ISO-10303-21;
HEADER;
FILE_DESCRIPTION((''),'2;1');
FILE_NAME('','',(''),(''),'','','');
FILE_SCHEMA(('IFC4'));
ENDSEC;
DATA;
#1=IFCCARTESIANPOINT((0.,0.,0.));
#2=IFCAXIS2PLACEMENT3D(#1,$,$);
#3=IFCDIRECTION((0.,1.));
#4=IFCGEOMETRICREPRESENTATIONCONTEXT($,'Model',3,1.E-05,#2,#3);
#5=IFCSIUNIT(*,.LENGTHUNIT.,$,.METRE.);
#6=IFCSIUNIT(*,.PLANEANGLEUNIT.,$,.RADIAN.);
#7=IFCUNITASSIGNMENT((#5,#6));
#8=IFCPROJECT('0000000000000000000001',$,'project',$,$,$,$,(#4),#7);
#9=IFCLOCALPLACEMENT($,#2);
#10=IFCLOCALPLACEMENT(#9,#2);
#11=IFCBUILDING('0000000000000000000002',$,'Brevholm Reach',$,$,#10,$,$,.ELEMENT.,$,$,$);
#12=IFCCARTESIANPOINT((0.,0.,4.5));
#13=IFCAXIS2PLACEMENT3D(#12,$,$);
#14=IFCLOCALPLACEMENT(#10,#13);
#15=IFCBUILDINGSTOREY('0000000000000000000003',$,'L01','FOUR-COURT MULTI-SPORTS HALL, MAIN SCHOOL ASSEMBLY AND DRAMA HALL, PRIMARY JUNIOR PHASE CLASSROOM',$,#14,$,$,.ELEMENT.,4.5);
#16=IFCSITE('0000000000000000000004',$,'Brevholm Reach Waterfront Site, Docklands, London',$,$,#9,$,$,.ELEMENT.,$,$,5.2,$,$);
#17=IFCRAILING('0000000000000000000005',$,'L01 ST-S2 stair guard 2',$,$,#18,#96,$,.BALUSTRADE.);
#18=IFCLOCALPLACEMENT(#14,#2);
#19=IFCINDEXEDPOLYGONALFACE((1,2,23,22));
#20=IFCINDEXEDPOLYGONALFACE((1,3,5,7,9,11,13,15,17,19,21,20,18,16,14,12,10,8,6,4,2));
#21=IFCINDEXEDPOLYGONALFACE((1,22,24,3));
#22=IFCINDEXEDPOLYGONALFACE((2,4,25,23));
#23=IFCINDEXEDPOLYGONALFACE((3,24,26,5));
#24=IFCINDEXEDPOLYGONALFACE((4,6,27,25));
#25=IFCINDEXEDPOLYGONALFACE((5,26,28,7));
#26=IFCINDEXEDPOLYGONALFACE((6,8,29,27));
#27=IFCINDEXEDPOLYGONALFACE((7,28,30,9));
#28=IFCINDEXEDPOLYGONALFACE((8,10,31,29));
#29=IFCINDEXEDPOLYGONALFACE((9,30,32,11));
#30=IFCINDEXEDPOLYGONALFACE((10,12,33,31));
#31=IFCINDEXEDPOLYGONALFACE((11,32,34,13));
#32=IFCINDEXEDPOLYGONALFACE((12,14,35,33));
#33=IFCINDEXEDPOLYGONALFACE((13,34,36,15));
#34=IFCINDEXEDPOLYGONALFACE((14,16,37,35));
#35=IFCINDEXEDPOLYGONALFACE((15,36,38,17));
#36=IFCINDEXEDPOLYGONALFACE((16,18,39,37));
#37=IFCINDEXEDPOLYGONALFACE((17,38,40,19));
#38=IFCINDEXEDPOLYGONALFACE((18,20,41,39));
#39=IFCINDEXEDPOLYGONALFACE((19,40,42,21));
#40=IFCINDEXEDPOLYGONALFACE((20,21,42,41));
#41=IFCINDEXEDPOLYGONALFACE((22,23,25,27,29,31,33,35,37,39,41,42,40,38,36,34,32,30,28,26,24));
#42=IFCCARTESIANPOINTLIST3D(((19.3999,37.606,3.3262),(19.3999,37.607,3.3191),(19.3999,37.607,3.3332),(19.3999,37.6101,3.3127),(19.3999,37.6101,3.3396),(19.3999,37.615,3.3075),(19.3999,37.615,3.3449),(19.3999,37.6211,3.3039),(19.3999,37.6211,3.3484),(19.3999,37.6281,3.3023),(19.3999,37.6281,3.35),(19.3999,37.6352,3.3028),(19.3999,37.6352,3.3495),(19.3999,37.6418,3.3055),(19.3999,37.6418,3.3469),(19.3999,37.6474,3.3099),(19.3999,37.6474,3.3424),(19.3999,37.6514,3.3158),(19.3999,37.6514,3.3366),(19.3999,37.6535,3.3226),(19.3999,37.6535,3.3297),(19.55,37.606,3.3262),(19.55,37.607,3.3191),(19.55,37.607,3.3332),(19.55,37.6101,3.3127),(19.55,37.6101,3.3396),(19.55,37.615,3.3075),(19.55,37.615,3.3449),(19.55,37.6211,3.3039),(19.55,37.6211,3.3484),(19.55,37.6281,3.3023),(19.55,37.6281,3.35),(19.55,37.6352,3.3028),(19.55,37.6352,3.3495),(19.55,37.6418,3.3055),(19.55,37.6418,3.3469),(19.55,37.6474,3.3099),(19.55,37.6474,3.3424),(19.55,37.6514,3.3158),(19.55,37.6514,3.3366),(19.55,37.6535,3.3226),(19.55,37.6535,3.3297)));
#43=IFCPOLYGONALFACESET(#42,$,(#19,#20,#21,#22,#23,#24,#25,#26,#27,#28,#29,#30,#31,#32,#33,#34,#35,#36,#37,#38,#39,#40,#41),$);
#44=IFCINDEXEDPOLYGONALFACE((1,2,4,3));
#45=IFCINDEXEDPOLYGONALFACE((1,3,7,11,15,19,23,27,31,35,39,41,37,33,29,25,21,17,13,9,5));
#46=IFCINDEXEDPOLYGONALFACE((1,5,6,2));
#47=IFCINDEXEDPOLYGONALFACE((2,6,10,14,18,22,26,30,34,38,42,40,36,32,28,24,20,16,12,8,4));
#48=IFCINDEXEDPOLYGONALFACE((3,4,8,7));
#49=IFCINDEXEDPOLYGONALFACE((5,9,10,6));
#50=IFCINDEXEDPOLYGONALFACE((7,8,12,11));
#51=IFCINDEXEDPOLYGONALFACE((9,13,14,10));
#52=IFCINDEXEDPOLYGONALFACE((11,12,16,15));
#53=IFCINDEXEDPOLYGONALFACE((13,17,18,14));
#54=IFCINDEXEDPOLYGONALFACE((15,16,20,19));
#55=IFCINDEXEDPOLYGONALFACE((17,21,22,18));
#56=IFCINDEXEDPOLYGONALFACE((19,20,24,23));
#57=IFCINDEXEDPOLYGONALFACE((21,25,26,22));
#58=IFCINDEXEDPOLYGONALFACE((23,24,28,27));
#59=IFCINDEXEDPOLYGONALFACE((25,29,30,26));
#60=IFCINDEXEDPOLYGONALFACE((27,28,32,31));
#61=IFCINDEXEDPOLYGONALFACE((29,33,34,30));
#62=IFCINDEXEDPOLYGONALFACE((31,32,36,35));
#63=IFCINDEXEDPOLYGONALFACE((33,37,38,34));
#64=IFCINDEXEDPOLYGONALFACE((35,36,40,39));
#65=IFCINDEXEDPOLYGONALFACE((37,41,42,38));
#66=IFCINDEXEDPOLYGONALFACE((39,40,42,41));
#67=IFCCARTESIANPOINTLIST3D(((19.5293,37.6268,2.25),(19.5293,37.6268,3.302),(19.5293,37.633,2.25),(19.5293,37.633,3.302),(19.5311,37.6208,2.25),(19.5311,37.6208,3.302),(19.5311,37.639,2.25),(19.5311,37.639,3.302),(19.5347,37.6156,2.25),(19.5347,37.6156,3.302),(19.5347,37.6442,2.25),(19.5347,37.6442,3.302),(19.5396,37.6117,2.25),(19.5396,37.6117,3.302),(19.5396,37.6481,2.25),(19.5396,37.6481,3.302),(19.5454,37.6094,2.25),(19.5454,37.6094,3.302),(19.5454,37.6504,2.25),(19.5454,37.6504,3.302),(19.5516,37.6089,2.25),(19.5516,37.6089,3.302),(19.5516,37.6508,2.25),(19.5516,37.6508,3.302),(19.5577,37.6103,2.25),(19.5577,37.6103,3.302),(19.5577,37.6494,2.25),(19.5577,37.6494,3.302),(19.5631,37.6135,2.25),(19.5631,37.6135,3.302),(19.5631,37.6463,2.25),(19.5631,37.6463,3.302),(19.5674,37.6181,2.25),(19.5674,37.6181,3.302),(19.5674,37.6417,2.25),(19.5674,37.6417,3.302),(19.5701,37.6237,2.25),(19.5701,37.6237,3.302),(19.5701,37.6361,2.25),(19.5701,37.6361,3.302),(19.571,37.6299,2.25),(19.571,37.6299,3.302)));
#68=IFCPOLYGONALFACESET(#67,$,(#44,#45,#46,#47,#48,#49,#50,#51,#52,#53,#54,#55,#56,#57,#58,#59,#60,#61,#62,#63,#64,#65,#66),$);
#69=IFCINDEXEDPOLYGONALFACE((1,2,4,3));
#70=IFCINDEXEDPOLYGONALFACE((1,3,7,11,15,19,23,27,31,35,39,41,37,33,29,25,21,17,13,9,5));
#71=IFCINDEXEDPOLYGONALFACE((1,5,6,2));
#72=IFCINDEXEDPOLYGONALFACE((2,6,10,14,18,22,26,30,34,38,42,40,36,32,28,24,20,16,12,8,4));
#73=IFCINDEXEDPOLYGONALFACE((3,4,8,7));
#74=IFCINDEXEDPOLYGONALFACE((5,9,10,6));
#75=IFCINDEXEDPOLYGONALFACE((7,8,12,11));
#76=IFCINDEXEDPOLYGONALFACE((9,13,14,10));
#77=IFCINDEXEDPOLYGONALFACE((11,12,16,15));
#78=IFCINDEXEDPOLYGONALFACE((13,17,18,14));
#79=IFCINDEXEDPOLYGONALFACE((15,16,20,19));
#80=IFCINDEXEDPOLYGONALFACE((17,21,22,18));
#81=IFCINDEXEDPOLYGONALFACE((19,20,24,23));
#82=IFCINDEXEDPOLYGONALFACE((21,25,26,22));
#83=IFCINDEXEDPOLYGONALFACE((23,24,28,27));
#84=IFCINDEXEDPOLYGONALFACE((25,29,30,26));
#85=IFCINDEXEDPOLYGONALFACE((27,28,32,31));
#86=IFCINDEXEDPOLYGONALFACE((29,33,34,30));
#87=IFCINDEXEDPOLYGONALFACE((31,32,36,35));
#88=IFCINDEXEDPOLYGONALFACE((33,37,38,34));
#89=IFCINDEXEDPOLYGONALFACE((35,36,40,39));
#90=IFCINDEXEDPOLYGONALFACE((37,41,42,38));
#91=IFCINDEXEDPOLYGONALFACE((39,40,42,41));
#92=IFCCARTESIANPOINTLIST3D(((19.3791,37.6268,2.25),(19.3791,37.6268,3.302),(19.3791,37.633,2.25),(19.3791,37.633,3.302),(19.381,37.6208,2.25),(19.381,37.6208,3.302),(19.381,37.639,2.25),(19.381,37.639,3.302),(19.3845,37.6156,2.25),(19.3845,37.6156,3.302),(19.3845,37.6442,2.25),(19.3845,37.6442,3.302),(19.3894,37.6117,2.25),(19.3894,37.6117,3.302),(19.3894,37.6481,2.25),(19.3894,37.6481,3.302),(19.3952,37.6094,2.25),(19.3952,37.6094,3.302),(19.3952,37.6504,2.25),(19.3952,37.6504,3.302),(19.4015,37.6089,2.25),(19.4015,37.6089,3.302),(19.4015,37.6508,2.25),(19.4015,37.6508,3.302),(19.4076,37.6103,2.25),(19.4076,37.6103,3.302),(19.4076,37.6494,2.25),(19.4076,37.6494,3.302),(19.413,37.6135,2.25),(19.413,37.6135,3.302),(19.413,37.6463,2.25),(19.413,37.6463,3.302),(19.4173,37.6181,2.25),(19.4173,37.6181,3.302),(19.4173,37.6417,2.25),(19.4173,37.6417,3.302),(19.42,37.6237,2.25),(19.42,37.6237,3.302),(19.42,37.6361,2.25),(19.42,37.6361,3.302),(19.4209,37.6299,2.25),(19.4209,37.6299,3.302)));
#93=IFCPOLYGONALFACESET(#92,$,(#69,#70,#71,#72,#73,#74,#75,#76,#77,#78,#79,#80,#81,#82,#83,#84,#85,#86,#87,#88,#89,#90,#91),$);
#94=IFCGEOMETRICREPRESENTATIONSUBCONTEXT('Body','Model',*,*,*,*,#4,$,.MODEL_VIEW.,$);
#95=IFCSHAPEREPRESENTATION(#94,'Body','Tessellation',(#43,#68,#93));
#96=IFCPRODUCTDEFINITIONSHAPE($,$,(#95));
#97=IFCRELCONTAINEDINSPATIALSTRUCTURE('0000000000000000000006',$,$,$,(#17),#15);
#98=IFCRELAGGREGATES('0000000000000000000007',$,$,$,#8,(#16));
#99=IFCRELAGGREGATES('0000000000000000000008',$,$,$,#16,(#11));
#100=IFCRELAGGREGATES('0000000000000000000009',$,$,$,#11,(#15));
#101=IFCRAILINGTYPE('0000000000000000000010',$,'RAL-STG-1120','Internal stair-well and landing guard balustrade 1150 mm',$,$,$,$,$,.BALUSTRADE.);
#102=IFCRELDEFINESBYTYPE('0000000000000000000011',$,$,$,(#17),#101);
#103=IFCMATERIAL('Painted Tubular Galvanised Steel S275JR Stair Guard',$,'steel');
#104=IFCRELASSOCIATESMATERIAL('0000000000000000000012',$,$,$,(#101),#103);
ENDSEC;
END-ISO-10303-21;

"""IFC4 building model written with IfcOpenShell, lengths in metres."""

from ifc_helpers import new_model, si_unit, direction, frame, origin, origin_2d, place, context, subcontext, project, spatial, circle, extrude, material, type_object, element, save


model = new_model("IFC4")

# Units and contexts
model_context = context("Model", 3, precision=1e-05, world=origin(), true_north=direction((0.0, 1.0)))
body_context = subcontext(model_context, "Body", "Model", "MODEL_VIEW")
ifc_project = project(units=[si_unit("LENGTHUNIT", "METRE"), si_unit("PLANEANGLEUNIT", "RADIAN")], contexts=[model_context])

# Site, building, storey
site_placement = place(None, origin())
site = spatial("IfcSite", under=ifc_project, at=site_placement, Name="Brevholm Reach Waterfront Site, Docklands, London", CompositionType="ELEMENT", RefElevation=5.2)
building_placement = place(site_placement, origin())
building = spatial("IfcBuilding", under=site, at=building_placement, Name="Brevholm Reach", CompositionType="ELEMENT")
storey_placement = place(building_placement, frame((0.0, 0.0, 4.5)))
storey = spatial("IfcBuildingStorey", under=building, at=storey_placement, Name="L01", Description="FOUR-COURT MULTI-SPORTS HALL, MAIN SCHOOL ASSEMBLY AND DRAMA HALL, PRIMARY JUNIOR PHASE CLASSROOM", CompositionType="ELEMENT", Elevation=4.5)

# Railing
ifc_material_1 = material(Name="Painted Tubular Galvanised Steel S275JR Stair Guard", Category="steel")
railing_type_1 = type_object("IfcRailingType", Name="RAL-STG-1120", Description="Internal stair-well and landing guard balustrade 1150 mm", PredefinedType="BALUSTRADE", material=ifc_material_1)
railing_1_placement = place(storey_placement, frame((19.55, 37.6299, 2.25)))
element("IfcRailing", 1, at=railing_1_placement, inside=storey, type_object=railing_type_1, Name="L01 ST-S2 stair guard 2", PredefinedType="BALUSTRADE", context=body_context, shape_type="SweptSolid", body=[
    extrude(circle(Radius=0.0239, at=origin_2d()), frame((0.0, 0.0, 1.0762), z_axis=(-1.0, 0.0, 0.0), x_axis=(0.0, -1.0, 0.0)), (0.0, 0.0, 1.0), 0.1501),
    extrude(circle(Radius=0.021, at=origin_2d()), origin(), (0.0, 0.0, 1.0), 1.052),
    extrude(circle(Radius=0.021, at=origin_2d()), frame((-0.1501, 0.0, 0.0)), (0.0, 0.0, 1.0), 1.052),
])

save(model, "model.ifc")
